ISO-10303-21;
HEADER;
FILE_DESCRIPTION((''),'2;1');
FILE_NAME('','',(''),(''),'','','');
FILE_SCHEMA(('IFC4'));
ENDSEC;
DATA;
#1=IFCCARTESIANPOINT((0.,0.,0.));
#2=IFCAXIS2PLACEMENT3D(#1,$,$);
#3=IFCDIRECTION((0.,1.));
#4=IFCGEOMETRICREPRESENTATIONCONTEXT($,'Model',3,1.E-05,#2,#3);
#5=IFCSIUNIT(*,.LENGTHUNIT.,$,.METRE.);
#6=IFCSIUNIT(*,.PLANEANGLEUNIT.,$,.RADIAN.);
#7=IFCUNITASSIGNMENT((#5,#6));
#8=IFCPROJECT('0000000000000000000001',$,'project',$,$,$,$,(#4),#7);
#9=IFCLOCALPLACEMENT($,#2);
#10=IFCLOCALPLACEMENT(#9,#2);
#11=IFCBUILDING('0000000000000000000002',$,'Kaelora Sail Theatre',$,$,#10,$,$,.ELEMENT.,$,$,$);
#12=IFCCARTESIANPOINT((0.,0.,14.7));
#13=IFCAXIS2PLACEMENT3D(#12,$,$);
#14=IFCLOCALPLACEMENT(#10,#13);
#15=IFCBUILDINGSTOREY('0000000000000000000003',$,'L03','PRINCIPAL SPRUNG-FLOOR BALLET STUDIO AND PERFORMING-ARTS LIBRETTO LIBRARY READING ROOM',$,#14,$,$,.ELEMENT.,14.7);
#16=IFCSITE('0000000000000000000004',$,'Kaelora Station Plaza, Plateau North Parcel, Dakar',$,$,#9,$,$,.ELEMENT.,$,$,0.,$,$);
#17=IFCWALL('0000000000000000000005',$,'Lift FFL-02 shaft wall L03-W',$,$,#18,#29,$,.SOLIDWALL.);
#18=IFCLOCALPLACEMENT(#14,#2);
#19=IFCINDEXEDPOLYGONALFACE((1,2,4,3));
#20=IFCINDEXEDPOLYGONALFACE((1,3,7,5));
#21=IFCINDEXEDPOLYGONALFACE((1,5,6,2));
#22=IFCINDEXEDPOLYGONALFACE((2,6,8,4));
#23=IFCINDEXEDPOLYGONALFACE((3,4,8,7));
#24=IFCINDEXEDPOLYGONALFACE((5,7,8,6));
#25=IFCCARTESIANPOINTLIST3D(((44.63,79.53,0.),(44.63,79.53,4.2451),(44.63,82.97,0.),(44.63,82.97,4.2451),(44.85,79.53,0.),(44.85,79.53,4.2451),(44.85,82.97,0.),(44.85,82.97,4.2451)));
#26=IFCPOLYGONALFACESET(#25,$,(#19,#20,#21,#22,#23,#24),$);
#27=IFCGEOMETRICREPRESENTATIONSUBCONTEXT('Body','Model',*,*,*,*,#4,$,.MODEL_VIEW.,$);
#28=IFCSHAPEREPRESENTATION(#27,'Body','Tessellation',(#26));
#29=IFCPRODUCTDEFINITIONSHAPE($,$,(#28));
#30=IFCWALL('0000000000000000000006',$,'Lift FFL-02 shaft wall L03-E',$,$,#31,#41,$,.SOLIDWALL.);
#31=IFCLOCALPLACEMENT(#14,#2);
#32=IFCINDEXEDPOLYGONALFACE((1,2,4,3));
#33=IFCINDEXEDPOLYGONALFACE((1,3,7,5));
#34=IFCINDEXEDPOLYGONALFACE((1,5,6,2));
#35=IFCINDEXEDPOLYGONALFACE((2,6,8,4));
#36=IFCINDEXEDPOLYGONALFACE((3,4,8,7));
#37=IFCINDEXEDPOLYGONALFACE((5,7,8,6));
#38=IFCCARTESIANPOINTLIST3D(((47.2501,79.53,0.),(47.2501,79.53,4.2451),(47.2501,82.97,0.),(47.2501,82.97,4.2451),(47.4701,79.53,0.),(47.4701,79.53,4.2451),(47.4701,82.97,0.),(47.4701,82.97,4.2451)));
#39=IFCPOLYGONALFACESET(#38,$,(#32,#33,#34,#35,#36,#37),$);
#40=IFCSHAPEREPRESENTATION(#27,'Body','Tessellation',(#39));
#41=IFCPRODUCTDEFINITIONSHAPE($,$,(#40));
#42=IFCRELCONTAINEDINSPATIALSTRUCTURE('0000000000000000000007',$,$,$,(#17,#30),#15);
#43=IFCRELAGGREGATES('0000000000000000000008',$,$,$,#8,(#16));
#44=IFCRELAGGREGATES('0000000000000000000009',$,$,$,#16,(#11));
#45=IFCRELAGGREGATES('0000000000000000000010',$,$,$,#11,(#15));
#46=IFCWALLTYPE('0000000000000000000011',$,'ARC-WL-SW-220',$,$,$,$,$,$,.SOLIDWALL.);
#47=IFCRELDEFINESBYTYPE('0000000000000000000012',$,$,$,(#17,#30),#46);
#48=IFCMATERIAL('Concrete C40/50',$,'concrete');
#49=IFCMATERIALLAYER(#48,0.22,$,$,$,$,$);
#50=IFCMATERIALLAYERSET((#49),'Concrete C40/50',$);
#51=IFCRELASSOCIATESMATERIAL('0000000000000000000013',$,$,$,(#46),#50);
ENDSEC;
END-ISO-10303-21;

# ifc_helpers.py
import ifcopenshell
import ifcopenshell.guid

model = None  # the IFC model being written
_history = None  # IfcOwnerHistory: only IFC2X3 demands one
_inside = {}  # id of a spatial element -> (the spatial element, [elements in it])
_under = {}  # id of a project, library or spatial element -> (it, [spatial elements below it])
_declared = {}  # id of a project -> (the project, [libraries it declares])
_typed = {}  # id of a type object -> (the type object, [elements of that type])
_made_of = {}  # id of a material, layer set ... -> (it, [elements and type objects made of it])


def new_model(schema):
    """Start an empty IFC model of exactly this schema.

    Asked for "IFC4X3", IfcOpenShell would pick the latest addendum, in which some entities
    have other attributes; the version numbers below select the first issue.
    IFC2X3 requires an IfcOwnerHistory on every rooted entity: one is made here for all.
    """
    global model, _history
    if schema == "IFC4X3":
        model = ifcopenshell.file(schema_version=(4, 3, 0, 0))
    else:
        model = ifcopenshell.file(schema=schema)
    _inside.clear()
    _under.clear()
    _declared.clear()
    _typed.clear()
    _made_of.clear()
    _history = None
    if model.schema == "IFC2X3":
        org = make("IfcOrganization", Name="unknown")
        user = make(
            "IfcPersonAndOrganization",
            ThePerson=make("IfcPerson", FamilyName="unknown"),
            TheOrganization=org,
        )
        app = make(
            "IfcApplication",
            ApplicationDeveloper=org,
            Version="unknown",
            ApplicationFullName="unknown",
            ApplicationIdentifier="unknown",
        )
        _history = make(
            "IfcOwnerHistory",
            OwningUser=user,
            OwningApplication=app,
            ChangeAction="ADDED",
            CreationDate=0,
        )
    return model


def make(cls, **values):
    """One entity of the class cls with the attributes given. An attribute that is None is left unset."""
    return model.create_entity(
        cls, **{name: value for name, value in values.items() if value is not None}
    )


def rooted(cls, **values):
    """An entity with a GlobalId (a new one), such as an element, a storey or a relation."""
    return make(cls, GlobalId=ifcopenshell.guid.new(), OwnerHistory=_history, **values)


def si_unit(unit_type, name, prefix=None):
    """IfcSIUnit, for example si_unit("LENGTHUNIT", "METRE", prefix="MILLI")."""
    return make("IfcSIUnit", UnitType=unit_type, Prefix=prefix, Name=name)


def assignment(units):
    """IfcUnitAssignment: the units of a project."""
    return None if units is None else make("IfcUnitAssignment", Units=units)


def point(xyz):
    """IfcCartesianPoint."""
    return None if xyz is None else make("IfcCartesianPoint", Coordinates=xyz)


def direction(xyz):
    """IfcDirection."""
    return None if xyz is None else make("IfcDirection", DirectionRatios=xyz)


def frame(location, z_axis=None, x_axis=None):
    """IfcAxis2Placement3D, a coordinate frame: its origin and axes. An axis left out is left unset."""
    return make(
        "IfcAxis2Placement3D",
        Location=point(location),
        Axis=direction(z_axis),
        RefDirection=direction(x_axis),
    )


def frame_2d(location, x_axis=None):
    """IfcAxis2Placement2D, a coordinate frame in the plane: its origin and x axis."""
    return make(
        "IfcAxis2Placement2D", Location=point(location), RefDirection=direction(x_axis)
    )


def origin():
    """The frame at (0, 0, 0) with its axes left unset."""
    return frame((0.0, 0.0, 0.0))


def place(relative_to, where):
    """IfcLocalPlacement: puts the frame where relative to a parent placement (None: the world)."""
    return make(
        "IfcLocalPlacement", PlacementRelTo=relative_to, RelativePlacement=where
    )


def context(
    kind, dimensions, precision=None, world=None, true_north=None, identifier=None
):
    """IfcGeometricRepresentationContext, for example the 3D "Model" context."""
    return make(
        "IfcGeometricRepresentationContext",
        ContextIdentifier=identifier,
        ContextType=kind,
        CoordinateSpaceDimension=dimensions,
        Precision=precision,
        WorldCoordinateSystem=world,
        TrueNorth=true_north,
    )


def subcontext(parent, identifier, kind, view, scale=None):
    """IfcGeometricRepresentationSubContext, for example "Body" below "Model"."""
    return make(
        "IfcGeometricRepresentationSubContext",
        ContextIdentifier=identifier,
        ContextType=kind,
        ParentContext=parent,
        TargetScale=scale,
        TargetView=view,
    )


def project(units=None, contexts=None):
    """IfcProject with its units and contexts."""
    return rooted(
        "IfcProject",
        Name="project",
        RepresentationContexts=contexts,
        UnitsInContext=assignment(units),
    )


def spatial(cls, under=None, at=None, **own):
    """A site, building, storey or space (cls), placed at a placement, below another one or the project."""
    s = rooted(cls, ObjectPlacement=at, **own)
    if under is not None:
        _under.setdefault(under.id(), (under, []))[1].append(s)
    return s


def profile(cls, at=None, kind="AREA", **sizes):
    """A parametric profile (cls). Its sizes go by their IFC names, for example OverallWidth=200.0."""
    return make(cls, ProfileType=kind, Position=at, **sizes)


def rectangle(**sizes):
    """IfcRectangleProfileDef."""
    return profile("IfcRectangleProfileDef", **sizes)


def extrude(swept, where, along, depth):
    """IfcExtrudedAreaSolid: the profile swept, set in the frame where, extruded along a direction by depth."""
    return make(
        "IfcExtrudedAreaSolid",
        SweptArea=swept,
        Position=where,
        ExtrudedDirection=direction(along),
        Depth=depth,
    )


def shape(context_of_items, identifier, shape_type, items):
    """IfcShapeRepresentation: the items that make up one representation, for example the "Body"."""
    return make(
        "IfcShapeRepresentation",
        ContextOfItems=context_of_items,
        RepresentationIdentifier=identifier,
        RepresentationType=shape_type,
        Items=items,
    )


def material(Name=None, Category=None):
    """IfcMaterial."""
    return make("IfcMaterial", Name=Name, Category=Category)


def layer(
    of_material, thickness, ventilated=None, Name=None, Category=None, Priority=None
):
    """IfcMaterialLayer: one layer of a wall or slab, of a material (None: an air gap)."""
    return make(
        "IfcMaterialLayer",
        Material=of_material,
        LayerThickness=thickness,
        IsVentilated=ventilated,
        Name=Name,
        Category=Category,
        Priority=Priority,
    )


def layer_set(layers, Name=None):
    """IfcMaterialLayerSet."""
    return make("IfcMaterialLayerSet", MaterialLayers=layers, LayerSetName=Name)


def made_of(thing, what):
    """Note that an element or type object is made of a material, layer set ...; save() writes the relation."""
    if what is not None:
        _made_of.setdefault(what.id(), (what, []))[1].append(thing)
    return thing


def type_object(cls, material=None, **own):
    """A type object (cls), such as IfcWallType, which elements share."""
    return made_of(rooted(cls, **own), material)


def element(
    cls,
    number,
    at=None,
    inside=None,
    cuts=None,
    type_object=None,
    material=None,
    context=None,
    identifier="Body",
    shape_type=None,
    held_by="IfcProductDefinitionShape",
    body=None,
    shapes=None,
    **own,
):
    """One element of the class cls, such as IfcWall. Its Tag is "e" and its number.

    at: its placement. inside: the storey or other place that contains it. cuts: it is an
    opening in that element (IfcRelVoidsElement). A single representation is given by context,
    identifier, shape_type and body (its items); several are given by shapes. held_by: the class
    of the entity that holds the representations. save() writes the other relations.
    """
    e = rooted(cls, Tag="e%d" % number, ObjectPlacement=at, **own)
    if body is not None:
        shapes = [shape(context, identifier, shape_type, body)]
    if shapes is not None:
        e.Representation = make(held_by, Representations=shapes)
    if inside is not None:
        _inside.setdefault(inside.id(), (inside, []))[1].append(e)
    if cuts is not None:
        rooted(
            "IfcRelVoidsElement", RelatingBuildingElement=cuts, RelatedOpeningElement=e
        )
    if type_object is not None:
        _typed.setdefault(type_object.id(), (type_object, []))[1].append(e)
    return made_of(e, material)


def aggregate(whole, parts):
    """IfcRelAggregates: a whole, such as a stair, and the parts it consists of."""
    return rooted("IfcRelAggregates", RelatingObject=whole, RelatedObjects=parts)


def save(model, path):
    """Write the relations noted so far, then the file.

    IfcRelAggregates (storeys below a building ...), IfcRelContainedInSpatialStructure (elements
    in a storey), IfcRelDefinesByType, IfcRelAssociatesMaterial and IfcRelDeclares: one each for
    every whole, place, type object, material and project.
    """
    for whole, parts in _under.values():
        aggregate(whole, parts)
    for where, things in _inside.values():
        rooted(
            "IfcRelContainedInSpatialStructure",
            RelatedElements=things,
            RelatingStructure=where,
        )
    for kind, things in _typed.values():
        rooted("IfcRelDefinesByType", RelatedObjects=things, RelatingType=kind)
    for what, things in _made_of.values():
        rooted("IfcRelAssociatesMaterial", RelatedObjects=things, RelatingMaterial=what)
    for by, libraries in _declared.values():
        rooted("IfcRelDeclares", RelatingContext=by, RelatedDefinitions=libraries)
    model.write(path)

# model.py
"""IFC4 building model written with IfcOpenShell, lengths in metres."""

from ifc_helpers import new_model, si_unit, direction, frame, frame_2d, origin, place, context, subcontext, project, spatial, rectangle, extrude, material, layer, layer_set, type_object, element, save


model = new_model("IFC4")

# Units and contexts
model_context = context("Model", 3, precision=1e-05, world=origin(), true_north=direction((0.0, 1.0)))
body_context = subcontext(model_context, "Body", "Model", "MODEL_VIEW")
ifc_project = project(units=[si_unit("LENGTHUNIT", "METRE"), si_unit("PLANEANGLEUNIT", "RADIAN")], contexts=[model_context])

# Site, building, storey
site_placement = place(None, origin())
site = spatial("IfcSite", under=ifc_project, at=site_placement, Name="Kaelora Station Plaza, Plateau North Parcel, Dakar", CompositionType="ELEMENT", RefElevation=0.0)
building_placement = place(site_placement, origin())
building = spatial("IfcBuilding", under=site, at=building_placement, Name="Kaelora Sail Theatre", CompositionType="ELEMENT")
storey_placement = place(building_placement, frame((0.0, 0.0, 14.7)))
storey = spatial("IfcBuildingStorey", under=building, at=storey_placement, Name="L03", Description="PRINCIPAL SPRUNG-FLOOR BALLET STUDIO AND PERFORMING-ARTS LIBRETTO LIBRARY READING ROOM", CompositionType="ELEMENT", Elevation=14.7)

# Shared definitions
ifc_material_1 = material(Name="Concrete C40/50", Category="concrete")
ifc_layer_1 = layer(ifc_material_1, 0.22)
ifc_layer_set_1 = layer_set([ifc_layer_1], Name="Concrete C40/50")
wall_type_1 = type_object("IfcWallType", Name="ARC-WL-SW-220", PredefinedType="SOLIDWALL", material=ifc_layer_set_1)

# Walls
for number, where, z_axis, x_axis, name in (
    (1, (44.74, 79.53, 0.0), (0.0, 0.0, 1.0), (0.0, 1.0, 0.0), "Lift FFL-02 shaft wall L03-W"),
    (2, (47.3601, 79.53, 0.0), (0.0, 0.0, 1.0), (0.0, 1.0, 0.0), "Lift FFL-02 shaft wall L03-E"),
):
    element("IfcWall", number, at=place(storey_placement, frame(where, z_axis=z_axis, x_axis=x_axis)), inside=storey, type_object=wall_type_1, Name=name, PredefinedType="SOLIDWALL", context=body_context, shape_type="SweptSolid", body=[
        extrude(rectangle(XDim=3.4399, YDim=0.22, at=frame_2d((1.72, 0.0))), origin(), (0.0, 0.0, 1.0), 4.2451),
    ])

save(model, "model.ifc")
